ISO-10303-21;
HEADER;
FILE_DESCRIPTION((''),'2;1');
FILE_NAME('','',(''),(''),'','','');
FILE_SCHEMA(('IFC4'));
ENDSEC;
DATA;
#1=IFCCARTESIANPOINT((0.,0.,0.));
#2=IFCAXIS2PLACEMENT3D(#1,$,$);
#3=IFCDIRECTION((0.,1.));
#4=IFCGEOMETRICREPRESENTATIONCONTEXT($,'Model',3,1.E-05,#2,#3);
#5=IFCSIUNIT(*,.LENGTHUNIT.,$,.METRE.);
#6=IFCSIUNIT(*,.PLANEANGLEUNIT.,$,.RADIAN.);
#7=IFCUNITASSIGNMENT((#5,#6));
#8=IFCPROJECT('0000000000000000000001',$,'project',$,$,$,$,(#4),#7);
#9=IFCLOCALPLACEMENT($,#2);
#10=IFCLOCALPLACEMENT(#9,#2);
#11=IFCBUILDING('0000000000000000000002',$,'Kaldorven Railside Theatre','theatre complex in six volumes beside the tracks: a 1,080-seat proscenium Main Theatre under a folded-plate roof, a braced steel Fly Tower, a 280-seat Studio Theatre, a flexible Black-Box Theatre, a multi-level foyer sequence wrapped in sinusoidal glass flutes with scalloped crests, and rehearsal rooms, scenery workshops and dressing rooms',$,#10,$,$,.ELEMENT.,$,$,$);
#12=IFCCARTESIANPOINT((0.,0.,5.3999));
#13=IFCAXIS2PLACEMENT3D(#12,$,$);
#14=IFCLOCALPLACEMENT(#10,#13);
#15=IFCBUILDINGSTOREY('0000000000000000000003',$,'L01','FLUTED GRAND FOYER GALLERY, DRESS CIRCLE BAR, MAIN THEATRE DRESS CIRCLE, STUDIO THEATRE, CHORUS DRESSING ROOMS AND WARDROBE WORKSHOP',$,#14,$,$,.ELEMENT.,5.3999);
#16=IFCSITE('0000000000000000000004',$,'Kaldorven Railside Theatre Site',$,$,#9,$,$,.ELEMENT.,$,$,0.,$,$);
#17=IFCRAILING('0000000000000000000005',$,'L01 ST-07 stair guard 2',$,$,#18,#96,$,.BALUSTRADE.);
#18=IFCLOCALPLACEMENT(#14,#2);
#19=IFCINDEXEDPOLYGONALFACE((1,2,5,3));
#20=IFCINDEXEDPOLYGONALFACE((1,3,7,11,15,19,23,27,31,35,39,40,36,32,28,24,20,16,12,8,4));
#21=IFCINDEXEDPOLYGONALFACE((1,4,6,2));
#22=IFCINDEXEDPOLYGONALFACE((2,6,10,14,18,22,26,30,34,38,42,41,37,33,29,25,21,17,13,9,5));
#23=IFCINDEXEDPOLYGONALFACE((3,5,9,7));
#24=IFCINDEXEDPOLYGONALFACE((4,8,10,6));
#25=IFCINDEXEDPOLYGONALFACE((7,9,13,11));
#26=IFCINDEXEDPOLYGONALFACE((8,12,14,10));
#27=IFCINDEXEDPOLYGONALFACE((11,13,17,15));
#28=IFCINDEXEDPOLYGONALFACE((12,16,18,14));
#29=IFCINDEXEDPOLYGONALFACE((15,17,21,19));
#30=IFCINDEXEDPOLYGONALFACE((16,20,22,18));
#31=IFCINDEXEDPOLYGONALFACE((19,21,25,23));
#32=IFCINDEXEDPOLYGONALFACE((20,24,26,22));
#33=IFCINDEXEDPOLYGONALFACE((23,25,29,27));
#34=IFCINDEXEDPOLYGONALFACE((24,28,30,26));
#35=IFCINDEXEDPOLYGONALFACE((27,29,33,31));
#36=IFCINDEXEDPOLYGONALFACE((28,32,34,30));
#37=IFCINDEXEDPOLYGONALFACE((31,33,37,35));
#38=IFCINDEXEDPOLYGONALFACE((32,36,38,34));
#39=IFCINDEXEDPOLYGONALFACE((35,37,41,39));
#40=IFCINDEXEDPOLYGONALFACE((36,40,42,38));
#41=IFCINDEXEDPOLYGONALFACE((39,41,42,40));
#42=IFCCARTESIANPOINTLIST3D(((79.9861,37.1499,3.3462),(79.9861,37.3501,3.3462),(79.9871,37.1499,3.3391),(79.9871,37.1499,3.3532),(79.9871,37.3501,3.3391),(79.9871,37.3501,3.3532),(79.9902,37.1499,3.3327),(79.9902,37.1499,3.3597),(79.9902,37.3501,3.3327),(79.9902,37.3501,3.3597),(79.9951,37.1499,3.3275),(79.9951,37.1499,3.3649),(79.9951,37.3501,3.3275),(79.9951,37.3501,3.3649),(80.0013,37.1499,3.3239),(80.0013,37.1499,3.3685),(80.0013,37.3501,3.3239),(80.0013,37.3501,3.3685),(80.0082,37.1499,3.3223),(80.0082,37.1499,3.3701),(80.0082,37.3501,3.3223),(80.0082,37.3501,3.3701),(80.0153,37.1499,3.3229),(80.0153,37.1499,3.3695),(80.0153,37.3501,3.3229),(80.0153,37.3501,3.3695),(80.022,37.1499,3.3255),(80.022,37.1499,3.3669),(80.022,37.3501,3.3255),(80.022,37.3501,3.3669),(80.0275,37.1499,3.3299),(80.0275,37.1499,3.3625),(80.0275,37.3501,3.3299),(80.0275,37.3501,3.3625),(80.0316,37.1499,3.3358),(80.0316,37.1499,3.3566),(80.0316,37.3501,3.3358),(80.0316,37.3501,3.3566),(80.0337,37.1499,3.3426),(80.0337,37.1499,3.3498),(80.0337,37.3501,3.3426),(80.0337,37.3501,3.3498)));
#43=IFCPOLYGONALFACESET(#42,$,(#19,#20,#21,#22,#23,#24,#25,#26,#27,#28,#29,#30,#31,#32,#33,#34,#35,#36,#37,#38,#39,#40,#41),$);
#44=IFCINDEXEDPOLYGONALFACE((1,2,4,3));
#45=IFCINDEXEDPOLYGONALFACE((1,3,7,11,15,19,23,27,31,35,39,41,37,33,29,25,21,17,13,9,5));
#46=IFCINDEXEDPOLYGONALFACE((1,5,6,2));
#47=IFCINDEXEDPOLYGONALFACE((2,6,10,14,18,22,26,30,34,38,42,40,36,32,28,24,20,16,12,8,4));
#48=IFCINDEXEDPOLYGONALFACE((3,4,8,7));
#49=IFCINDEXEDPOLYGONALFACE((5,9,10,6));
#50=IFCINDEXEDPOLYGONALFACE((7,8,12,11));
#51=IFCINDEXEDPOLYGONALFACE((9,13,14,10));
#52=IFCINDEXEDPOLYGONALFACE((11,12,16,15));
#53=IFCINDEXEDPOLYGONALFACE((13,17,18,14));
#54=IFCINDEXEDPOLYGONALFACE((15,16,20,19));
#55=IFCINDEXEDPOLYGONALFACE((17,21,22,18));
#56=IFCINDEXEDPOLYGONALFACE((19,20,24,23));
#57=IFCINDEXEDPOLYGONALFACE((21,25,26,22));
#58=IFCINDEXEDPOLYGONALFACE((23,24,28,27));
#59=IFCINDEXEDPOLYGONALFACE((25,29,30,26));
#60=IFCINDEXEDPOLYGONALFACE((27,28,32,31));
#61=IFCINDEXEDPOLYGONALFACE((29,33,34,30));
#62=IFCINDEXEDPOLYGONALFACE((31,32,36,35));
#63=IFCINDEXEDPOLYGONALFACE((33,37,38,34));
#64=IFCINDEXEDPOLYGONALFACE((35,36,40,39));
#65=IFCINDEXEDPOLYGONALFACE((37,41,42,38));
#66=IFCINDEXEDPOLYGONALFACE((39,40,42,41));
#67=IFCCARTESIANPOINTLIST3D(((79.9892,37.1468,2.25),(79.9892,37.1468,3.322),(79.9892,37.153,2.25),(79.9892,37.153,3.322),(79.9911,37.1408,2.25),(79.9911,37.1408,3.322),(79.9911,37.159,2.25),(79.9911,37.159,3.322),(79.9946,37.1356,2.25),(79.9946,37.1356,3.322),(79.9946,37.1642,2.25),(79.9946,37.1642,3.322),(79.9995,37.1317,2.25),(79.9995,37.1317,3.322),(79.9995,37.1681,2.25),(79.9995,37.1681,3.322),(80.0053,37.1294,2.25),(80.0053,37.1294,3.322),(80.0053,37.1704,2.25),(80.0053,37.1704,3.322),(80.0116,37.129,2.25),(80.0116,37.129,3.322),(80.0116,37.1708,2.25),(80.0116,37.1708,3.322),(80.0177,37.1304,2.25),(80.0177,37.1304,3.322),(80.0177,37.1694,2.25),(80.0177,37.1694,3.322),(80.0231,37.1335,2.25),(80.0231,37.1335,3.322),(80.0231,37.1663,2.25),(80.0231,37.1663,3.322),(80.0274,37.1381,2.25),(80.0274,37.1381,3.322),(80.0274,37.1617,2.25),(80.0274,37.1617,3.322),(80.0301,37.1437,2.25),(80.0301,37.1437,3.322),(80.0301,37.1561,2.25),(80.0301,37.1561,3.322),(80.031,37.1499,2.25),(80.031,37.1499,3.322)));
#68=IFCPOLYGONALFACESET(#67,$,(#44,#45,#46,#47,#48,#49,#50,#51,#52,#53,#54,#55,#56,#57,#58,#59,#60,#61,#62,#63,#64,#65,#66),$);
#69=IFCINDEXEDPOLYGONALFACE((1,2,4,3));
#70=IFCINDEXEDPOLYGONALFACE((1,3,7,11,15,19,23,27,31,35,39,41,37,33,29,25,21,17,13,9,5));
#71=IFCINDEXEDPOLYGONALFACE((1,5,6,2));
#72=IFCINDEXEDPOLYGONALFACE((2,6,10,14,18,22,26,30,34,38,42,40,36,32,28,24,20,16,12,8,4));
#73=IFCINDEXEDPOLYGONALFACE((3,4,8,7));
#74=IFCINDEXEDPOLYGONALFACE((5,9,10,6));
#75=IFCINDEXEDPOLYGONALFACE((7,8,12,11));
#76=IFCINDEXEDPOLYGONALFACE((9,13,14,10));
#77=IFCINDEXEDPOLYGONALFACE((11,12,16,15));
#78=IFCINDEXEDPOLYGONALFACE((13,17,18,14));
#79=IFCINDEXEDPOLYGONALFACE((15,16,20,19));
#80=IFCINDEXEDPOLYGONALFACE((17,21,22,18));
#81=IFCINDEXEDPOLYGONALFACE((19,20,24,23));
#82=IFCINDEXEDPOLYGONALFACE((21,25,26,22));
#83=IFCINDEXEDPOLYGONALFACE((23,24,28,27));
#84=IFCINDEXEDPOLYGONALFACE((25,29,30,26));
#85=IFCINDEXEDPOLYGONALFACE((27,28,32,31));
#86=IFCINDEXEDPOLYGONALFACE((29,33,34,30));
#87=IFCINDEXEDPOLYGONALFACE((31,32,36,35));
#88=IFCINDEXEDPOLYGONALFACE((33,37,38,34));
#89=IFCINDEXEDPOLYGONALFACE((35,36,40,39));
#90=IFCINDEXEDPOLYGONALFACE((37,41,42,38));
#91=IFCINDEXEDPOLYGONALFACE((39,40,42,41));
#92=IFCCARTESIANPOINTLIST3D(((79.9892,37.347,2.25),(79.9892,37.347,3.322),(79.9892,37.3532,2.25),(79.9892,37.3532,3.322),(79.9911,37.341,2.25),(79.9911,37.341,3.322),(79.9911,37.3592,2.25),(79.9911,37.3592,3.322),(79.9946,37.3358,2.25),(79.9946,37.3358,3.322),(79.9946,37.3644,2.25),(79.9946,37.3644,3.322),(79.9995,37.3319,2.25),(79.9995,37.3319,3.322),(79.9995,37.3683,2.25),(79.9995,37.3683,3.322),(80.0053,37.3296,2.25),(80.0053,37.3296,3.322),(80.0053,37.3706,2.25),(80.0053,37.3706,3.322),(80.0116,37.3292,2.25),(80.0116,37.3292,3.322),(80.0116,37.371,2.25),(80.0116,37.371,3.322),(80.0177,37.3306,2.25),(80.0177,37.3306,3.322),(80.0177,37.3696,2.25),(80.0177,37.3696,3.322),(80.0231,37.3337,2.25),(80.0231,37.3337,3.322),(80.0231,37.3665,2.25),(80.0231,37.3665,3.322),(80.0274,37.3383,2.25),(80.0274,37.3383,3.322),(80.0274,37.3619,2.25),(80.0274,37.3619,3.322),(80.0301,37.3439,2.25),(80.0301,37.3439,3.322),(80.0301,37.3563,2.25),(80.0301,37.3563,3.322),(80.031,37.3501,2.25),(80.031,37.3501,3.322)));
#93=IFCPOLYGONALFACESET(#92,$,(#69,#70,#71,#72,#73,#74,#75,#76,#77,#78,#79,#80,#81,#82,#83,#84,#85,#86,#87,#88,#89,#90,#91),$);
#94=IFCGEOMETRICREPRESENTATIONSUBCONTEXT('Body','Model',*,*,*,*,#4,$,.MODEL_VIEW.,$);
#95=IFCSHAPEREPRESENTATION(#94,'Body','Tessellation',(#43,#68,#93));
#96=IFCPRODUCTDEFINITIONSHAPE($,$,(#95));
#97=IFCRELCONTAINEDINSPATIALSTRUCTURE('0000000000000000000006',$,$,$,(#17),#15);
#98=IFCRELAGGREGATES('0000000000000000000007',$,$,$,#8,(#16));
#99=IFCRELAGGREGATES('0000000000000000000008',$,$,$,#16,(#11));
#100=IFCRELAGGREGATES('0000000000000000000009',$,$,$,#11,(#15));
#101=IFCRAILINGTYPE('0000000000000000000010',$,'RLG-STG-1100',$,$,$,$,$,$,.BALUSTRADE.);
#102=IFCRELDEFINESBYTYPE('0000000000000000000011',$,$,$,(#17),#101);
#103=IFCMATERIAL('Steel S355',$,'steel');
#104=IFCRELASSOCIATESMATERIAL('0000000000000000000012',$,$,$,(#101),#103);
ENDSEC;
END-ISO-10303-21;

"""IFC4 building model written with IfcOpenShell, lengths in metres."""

from ifc_helpers import new_model, si_unit, direction, frame, origin, origin_2d, place, context, subcontext, project, spatial, circle, extrude, material, type_object, element, save


model = new_model("IFC4")

# Units and contexts
model_context = context("Model", 3, precision=1e-05, world=origin(), true_north=direction((0.0, 1.0)))
body_context = subcontext(model_context, "Body", "Model", "MODEL_VIEW")
ifc_project = project(units=[si_unit("LENGTHUNIT", "METRE"), si_unit("PLANEANGLEUNIT", "RADIAN")], contexts=[model_context])

# Site, building, storey
site_placement = place(None, origin())
site = spatial("IfcSite", under=ifc_project, at=site_placement, Name="Kaldorven Railside Theatre Site", CompositionType="ELEMENT", RefElevation=0.0)
building_placement = place(site_placement, origin())
building = spatial("IfcBuilding", under=site, at=building_placement, Name="Kaldorven Railside Theatre", Description="theatre complex in six volumes beside the tracks: a 1,080-seat proscenium Main Theatre under a folded-plate roof, a braced steel Fly Tower, a 280-seat Studio Theatre, a flexible Black-Box Theatre, a multi-level foyer sequence wrapped in sinusoidal glass flutes with scalloped crests, and rehearsal rooms, scenery workshops and dressing rooms", CompositionType="ELEMENT")
storey_placement = place(building_placement, frame((0.0, 0.0, 5.3999)))
storey = spatial("IfcBuildingStorey", under=building, at=storey_placement, Name="L01", Description="FLUTED GRAND FOYER GALLERY, DRESS CIRCLE BAR, MAIN THEATRE DRESS CIRCLE, STUDIO THEATRE, CHORUS DRESSING ROOMS AND WARDROBE WORKSHOP", CompositionType="ELEMENT", Elevation=5.3999)

# Railing
ifc_material_1 = material(Name="Steel S355", Category="steel")
railing_type_1 = type_object("IfcRailingType", Name="RLG-STG-1100", PredefinedType="BALUSTRADE", material=ifc_material_1)
railing_1_placement = place(storey_placement, frame((80.01, 37.1499, 2.25)))
element("IfcRailing", 1, at=railing_1_placement, inside=storey, type_object=railing_type_1, Name="L01 ST-07 stair guard 2", PredefinedType="BALUSTRADE", context=body_context, shape_type="SweptSolid", body=[
    extrude(circle(Radius=0.0239, at=origin_2d()), frame((0.0, 0.0, 1.0962), z_axis=(0.0, 1.0, 0.0), x_axis=(-1.0, 0.0, 0.0)), (0.0, 0.0, 1.0), 0.2002),
    extrude(circle(Radius=0.021, at=origin_2d()), origin(), (0.0, 0.0, 1.0), 1.072),
    extrude(circle(Radius=0.021, at=origin_2d()), frame((0.0, 0.2002, 0.0)), (0.0, 0.0, 1.0), 1.072),
])

save(model, "model.ifc")
